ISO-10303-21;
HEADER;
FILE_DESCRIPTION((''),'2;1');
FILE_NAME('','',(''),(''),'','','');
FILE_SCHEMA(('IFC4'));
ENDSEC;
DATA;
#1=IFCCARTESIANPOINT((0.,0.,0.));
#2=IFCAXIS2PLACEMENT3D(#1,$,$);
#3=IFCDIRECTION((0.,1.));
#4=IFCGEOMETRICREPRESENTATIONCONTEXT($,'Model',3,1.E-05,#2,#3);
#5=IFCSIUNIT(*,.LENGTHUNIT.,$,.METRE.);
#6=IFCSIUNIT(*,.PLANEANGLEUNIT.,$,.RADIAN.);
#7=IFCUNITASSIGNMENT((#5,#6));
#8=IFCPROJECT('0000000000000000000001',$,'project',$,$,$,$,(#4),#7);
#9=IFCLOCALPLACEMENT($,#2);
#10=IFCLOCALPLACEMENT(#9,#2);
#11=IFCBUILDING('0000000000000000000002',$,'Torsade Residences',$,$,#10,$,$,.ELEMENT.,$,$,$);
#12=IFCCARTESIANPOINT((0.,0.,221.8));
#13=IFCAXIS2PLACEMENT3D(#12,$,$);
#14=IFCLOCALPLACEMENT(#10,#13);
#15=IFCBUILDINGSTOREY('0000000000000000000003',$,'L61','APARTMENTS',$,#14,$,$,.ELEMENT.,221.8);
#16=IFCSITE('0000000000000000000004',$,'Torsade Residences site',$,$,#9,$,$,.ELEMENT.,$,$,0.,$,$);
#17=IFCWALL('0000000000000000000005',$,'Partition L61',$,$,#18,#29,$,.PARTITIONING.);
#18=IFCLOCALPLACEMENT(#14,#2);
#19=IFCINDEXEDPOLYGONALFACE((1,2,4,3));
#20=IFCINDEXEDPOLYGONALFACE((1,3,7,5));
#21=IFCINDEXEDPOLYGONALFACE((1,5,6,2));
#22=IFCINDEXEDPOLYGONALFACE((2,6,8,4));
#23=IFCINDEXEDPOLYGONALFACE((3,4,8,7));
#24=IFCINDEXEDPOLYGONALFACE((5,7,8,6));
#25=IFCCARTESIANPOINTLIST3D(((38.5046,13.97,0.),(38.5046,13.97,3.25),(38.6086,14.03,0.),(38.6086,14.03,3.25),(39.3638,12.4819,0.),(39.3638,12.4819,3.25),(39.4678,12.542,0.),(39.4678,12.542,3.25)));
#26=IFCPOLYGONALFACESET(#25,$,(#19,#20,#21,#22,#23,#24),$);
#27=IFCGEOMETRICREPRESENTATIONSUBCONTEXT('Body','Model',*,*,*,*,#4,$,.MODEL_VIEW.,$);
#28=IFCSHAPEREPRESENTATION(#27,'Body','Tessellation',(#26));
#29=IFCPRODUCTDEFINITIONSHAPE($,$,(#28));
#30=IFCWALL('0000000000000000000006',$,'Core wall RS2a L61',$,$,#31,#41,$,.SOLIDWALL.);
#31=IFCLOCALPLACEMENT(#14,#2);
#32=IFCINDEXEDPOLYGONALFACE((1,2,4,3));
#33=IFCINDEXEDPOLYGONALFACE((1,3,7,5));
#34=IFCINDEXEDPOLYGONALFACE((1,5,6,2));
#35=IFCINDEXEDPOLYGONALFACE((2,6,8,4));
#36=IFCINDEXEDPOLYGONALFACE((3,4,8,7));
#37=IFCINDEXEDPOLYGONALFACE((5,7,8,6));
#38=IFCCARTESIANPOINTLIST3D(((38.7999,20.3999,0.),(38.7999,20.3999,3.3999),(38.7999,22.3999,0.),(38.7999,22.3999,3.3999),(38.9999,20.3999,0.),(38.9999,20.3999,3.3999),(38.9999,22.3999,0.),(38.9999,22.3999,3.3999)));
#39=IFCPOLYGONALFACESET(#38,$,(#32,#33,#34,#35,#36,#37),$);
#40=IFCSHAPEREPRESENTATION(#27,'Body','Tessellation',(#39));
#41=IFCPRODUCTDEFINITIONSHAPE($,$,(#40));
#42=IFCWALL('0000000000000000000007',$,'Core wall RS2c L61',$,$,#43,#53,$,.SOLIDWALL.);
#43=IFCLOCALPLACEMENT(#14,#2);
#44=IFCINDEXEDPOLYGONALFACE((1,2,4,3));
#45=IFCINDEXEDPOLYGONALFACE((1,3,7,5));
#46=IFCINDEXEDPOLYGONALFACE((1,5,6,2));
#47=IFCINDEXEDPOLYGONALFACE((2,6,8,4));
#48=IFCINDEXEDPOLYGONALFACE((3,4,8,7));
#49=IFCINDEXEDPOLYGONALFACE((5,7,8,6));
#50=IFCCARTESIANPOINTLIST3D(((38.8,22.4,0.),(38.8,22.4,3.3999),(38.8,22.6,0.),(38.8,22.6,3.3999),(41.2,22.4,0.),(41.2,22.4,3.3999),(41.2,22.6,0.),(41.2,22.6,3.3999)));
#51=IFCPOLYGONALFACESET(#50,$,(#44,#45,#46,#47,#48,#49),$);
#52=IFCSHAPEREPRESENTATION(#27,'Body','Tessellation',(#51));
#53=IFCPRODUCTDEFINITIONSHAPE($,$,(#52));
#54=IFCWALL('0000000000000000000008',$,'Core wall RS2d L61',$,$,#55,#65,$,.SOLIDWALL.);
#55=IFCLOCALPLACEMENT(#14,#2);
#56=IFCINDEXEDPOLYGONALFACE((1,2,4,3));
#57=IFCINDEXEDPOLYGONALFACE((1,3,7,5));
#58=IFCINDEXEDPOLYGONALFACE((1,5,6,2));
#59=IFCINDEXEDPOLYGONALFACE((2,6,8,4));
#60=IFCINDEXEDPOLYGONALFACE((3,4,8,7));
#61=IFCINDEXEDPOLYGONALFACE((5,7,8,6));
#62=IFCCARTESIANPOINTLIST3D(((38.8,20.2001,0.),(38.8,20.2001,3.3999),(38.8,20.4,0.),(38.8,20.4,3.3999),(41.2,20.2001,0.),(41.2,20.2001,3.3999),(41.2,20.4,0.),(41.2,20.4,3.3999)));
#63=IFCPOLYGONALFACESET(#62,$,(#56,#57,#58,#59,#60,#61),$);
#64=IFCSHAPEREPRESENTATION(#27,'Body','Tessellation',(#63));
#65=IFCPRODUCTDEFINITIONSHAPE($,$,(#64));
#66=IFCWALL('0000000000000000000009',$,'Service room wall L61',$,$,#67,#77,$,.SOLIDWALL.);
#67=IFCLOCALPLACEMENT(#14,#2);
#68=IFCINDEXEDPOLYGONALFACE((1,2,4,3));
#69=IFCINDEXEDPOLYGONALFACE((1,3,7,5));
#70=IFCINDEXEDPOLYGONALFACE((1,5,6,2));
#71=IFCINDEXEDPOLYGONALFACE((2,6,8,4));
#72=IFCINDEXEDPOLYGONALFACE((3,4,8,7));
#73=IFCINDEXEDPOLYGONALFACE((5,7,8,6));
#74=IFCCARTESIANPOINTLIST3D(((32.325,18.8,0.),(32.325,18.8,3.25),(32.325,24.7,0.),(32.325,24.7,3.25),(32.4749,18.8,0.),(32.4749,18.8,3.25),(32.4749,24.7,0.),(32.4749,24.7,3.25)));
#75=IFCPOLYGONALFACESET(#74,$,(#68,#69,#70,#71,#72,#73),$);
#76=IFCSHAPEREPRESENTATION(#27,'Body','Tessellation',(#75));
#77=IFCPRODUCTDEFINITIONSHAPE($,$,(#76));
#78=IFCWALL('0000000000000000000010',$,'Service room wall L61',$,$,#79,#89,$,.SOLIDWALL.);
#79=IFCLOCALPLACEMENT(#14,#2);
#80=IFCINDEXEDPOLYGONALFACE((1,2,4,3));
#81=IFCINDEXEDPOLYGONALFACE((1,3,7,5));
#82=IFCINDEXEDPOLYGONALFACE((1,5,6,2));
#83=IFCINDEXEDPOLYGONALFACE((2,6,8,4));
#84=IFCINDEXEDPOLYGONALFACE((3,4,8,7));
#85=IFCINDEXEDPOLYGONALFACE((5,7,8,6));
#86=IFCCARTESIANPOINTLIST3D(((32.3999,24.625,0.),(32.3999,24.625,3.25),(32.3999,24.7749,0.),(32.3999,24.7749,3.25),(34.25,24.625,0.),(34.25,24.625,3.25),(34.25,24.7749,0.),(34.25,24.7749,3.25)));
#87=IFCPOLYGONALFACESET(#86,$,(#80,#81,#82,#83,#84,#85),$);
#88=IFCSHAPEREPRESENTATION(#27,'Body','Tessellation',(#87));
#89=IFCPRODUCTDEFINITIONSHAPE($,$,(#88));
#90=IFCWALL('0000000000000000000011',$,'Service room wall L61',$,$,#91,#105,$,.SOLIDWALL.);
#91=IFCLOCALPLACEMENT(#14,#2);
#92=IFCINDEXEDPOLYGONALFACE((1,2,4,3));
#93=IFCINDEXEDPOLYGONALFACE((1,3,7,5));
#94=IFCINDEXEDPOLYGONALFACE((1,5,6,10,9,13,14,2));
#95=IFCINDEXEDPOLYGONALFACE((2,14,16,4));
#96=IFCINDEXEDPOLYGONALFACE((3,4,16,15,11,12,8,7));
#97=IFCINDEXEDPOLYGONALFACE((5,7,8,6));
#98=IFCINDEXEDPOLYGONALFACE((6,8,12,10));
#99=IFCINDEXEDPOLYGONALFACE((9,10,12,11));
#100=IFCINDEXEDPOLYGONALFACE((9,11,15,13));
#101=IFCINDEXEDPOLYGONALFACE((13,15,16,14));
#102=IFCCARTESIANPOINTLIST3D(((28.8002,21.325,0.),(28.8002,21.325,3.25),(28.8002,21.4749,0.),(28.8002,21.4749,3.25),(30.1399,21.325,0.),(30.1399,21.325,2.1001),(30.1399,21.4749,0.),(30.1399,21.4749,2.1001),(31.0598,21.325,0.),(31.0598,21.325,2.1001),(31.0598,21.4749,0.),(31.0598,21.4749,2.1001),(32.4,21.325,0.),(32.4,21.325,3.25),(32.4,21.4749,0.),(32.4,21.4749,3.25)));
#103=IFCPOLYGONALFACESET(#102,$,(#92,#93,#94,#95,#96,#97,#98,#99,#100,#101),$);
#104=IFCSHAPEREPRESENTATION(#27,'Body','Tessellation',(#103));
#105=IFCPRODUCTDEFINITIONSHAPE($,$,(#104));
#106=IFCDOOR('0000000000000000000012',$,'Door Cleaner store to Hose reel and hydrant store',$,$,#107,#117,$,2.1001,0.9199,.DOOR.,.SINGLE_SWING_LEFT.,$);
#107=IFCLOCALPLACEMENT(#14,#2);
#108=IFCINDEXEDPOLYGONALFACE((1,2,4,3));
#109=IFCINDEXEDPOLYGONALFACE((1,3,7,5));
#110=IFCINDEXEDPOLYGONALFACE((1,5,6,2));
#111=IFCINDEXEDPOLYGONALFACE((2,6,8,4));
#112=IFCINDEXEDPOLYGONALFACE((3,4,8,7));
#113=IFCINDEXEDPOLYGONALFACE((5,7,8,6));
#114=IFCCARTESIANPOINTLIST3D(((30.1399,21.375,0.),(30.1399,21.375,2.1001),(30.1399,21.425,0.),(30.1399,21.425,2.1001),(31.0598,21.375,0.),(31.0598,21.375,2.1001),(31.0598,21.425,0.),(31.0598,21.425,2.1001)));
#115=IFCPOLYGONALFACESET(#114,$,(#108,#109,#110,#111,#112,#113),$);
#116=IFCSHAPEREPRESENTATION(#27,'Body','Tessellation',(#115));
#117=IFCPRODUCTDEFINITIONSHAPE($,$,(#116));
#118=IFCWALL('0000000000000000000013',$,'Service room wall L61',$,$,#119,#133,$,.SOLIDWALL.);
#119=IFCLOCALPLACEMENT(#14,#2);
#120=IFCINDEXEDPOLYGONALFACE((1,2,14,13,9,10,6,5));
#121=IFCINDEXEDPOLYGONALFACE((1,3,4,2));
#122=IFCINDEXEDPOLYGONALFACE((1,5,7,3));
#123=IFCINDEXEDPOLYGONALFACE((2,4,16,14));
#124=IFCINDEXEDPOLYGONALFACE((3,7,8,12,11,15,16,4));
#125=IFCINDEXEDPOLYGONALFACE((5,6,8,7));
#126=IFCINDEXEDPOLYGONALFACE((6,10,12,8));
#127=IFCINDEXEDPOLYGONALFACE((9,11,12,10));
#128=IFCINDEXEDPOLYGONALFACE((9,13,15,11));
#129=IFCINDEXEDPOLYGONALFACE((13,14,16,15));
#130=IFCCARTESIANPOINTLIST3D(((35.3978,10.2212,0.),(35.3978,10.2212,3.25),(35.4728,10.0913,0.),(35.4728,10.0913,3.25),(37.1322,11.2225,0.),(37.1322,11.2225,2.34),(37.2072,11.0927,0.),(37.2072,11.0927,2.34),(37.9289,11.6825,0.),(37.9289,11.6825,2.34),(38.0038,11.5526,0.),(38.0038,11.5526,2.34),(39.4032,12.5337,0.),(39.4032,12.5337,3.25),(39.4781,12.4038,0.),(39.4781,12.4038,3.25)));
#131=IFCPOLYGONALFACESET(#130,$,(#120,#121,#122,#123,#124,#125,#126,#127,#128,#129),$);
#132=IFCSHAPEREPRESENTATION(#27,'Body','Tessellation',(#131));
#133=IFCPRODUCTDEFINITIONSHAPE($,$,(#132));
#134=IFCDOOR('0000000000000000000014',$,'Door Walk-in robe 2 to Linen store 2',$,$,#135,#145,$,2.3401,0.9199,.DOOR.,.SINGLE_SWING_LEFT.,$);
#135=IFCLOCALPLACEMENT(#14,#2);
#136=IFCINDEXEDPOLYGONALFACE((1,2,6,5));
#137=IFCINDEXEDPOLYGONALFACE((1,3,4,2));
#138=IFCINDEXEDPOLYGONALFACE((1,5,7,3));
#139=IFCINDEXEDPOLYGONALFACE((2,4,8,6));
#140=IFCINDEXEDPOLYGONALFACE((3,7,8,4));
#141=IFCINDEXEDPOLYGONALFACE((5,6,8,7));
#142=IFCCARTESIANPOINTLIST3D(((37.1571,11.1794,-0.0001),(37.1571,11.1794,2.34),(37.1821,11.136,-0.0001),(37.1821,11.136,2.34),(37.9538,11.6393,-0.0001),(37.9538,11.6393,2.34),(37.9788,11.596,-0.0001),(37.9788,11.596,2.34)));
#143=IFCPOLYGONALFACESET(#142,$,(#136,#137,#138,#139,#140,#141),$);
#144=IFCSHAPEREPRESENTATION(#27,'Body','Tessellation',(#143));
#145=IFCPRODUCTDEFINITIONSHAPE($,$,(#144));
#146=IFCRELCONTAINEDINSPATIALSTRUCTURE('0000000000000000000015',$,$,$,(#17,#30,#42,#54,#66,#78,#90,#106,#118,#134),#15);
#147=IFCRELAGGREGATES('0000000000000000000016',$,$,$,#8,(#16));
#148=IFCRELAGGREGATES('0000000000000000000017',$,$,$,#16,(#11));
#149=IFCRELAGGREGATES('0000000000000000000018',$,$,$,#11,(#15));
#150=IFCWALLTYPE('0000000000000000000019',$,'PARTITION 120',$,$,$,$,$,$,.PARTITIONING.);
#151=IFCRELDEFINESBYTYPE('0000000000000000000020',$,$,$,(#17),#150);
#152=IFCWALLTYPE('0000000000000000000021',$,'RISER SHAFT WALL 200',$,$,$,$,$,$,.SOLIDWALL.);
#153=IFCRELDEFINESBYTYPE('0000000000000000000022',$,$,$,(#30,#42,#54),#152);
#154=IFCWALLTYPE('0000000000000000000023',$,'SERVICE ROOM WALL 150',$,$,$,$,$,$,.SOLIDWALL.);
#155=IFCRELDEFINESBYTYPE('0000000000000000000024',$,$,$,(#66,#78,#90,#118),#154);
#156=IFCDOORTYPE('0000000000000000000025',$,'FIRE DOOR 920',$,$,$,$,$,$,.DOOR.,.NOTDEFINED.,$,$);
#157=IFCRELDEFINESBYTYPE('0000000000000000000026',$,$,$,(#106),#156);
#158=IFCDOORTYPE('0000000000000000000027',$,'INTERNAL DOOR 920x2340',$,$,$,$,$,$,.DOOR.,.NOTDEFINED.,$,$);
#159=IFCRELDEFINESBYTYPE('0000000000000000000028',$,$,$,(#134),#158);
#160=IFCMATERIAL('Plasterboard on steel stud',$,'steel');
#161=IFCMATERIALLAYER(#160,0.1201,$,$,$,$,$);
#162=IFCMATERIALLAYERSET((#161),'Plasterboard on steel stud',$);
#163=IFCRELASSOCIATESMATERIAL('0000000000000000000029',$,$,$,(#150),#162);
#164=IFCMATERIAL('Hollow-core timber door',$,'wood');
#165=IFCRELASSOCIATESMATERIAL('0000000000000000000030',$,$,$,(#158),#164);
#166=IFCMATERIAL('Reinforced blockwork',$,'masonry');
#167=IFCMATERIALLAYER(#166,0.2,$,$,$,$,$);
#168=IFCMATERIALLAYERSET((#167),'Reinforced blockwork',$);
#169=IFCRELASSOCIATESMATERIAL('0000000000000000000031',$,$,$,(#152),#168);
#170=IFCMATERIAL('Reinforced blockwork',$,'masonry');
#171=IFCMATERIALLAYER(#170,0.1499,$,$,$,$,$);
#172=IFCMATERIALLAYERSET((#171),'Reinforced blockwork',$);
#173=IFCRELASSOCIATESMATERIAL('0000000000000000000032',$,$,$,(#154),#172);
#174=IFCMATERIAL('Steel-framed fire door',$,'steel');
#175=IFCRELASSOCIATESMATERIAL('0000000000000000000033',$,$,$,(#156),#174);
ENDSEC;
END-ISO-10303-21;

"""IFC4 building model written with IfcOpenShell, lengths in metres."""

from ifc_helpers import new_model, si_unit, direction, frame, frame_2d, origin, place, context, subcontext, project, spatial, rectangle, extrude, material, layer, layer_set, type_object, element, fill, save


model = new_model("IFC4")

# Units and contexts
model_context = context("Model", 3, precision=1e-05, world=origin(), true_north=direction((0.0, 1.0)))
body_context = subcontext(model_context, "Body", "Model", "MODEL_VIEW")
ifc_project = project(units=[si_unit("LENGTHUNIT", "METRE"), si_unit("PLANEANGLEUNIT", "RADIAN")], contexts=[model_context])

# Site, building, storey
site_placement = place(None, origin())
site = spatial("IfcSite", under=ifc_project, at=site_placement, Name="Torsade Residences site", CompositionType="ELEMENT", RefElevation=0.0)
building_placement = place(site_placement, origin())
building = spatial("IfcBuilding", under=site, at=building_placement, Name="Torsade Residences", CompositionType="ELEMENT")
storey_placement = place(building_placement, frame((0.0, 0.0, 221.8)))
storey = spatial("IfcBuildingStorey", under=building, at=storey_placement, Name="L61", Description="APARTMENTS", CompositionType="ELEMENT", Elevation=221.8)

# Shared definitions
ifc_material_1 = material(Name="Plasterboard on steel stud", Category="steel")
ifc_layer_1 = layer(ifc_material_1, 0.1201)
ifc_layer_set_1 = layer_set([ifc_layer_1], Name="Plasterboard on steel stud")
wall_type_1 = type_object("IfcWallType", Name="PARTITION 120", PredefinedType="PARTITIONING", material=ifc_layer_set_1)
ifc_material_2 = material(Name="Hollow-core timber door", Category="wood")
door_type_1 = type_object("IfcDoorType", Name="INTERNAL DOOR 920x2340", OperationType="NOTDEFINED", PredefinedType="DOOR", material=ifc_material_2)

# Walls
wall_1_placement = place(storey_placement, frame((39.4158, 12.512, 0.0), z_axis=(0.0, 0.0, 1.0), x_axis=(-0.500005, 0.866022, 0.0)))
element("IfcWall", 1, at=wall_1_placement, inside=storey, type_object=wall_type_1, Name="Partition L61", PredefinedType="PARTITIONING", context=body_context, shape_type="SweptSolid", body=[
    extrude(rectangle(XDim=1.7183, YDim=0.1201, at=frame_2d((0.8591, 0.0))), origin(), (0.0, 0.0, 1.0), 3.25),
])
ifc_material_3 = material(Name="Reinforced blockwork", Category="masonry")
ifc_layer_2 = layer(ifc_material_3, 0.2)
ifc_layer_set_2 = layer_set([ifc_layer_2], Name="Reinforced blockwork")
wall_type_2 = type_object("IfcWallType", Name="RISER SHAFT WALL 200", PredefinedType="SOLIDWALL", material=ifc_layer_set_2)
wall_2_placement = place(storey_placement, frame((38.8999, 22.3999, 0.0), z_axis=(0.0, 0.0, 1.0), x_axis=(0.0, -1.0, 0.0)))
element("IfcWall", 2, at=wall_2_placement, inside=storey, type_object=wall_type_2, Name="Core wall RS2a L61", PredefinedType="SOLIDWALL", context=body_context, shape_type="SweptSolid", body=[
    extrude(rectangle(XDim=2.0, YDim=0.2, at=frame_2d((1.0, 0.0))), origin(), (0.0, 0.0, 1.0), 3.3999),
])
for number, where, z_axis, x_axis, name in (
    (3, (38.8, 22.5, 0.0), (0.0, 0.0, 1.0), (1.0, 0.0, 0.0), "Core wall RS2c L61"),
    (4, (38.8, 20.3, 0.0), (0.0, 0.0, 1.0), (1.0, 0.0, 0.0), "Core wall RS2d L61"),
):
    element("IfcWall", number, at=place(storey_placement, frame(where, z_axis=z_axis, x_axis=x_axis)), inside=storey, type_object=wall_type_2, Name=name, PredefinedType="SOLIDWALL", context=body_context, shape_type="SweptSolid", body=[
        extrude(rectangle(XDim=2.3999, YDim=0.2, at=frame_2d((1.2, 0.0))), origin(), (0.0, 0.0, 1.0), 3.3999),
    ])
ifc_material_4 = material(Name="Reinforced blockwork", Category="masonry")
ifc_layer_3 = layer(ifc_material_4, 0.1499)
ifc_layer_set_3 = layer_set([ifc_layer_3], Name="Reinforced blockwork")
wall_type_3 = type_object("IfcWallType", Name="SERVICE ROOM WALL 150", PredefinedType="SOLIDWALL", material=ifc_layer_set_3)
wall_3_placement = place(storey_placement, frame((32.3999, 18.8, 0.0), z_axis=(0.0, 0.0, 1.0), x_axis=(0.0, 1.0, 0.0)))
element("IfcWall", 5, at=wall_3_placement, inside=storey, type_object=wall_type_3, Name="Service room wall L61", PredefinedType="SOLIDWALL", context=body_context, shape_type="SweptSolid", body=[
    extrude(rectangle(XDim=5.8999, YDim=0.1499, at=frame_2d((2.95, 0.0))), origin(), (0.0, 0.0, 1.0), 3.25),
])
wall_4_placement = place(storey_placement, frame((32.3999, 24.7, 0.0), z_axis=(0.0, 0.0, 1.0), x_axis=(1.0, 0.0, 0.0)))
element("IfcWall", 6, at=wall_4_placement, inside=storey, type_object=wall_type_3, Name="Service room wall L61", PredefinedType="SOLIDWALL", context=body_context, shape_type="SweptSolid", body=[
    extrude(rectangle(XDim=1.8501, YDim=0.1499, at=frame_2d((0.925, 0.0))), origin(), (0.0, 0.0, 1.0), 3.25),
])

# Walls, openings, doors
wall_5_placement = place(storey_placement, frame((32.3999, 21.3999, 0.0), z_axis=(0.0, 0.0, 1.0), x_axis=(-1.0, 0.0, 0.0)))
wall_5 = element("IfcWall", 7, at=wall_5_placement, inside=storey, type_object=wall_type_3, Name="Service room wall L61", PredefinedType="SOLIDWALL", context=body_context, shape_type="SweptSolid", body=[
    extrude(rectangle(XDim=3.5999, YDim=0.1499, at=frame_2d((1.7998, 0.0))), origin(), (0.0, 0.0, 1.0), 3.25),
])
opening_1_placement = place(wall_5_placement, frame((1.3401, 0.0, 0.0)))
opening_1 = element("IfcOpeningElement", 8, at=opening_1_placement, cuts=wall_5, PredefinedType="OPENING", context=body_context, shape_type="SweptSolid", body=[
    extrude(rectangle(XDim=0.9199, YDim=2.1001, at=frame_2d((0.46, 1.05))), frame((0.0, 0.085, 0.0), z_axis=(0.0, -1.0, 0.0), x_axis=(1.0, 0.0, 0.0)), (0.0, 0.0, 1.0), 0.1699),
])
ifc_material_5 = material(Name="Steel-framed fire door", Category="steel")
door_type_2 = type_object("IfcDoorType", Name="FIRE DOOR 920", OperationType="NOTDEFINED", PredefinedType="DOOR", material=ifc_material_5)
door_1_placement = place(opening_1_placement, origin())
door_1 = element("IfcDoor", 9, at=door_1_placement, inside=storey, type_object=door_type_2, Name="Door Cleaner store to Hose reel and hydrant store", OperationType="SINGLE_SWING_LEFT", OverallHeight=2.1001, OverallWidth=0.9199, PredefinedType="DOOR", context=body_context, shape_type="SweptSolid", body=[
    extrude(rectangle(XDim=0.9199, YDim=2.1001, at=frame_2d((0.46, 1.05))), frame((0.0, 0.0249, 0.0), z_axis=(0.0, -1.0, 0.0), x_axis=(1.0, 0.0, 0.0)), (0.0, 0.0, 1.0), 0.05),
])
fill(opening_1, door_1)
wall_6_placement = place(storey_placement, frame((39.4407, 12.4688, 0.0), z_axis=(0.0, 0.0, 1.0), x_axis=(-0.866026, -0.5, 0.0)))
wall_6 = element("IfcWall", 10, at=wall_6_placement, inside=storey, type_object=wall_type_3, Name="Service room wall L61", PredefinedType="SOLIDWALL", context=body_context, shape_type="SweptSolid", body=[
    extrude(rectangle(XDim=4.625, YDim=0.1499, at=frame_2d((2.3125, 0.0))), origin(), (0.0, 0.0, 1.0), 3.25),
])
opening_2_placement = place(wall_6_placement, frame((1.7024, 0.0, 0.0)))
opening_2 = element("IfcOpeningElement", 11, at=opening_2_placement, cuts=wall_6, PredefinedType="OPENING", context=body_context, shape_type="SweptSolid", body=[
    extrude(rectangle(XDim=0.9199, YDim=2.3401, at=frame_2d((0.46, 1.1699))), frame((0.0, 0.085, 0.0), z_axis=(0.0, -1.0, 0.0), x_axis=(1.0, 0.0, 0.0)), (0.0, 0.0, 1.0), 0.1699),
])
door_2_placement = place(opening_2_placement, origin())
door_2 = element("IfcDoor", 12, at=door_2_placement, inside=storey, type_object=door_type_1, Name="Door Walk-in robe 2 to Linen store 2", OperationType="SINGLE_SWING_LEFT", OverallHeight=2.3401, OverallWidth=0.9199, PredefinedType="DOOR", context=body_context, shape_type="SweptSolid", body=[
    extrude(rectangle(XDim=0.9199, YDim=2.3401, at=frame_2d((0.46, 1.1699))), frame((0.0, 0.0249, 0.0), z_axis=(0.0, -1.0, 0.0), x_axis=(1.0, 0.0, 0.0)), (0.0, 0.0, 1.0), 0.05),
])
fill(opening_2, door_2)

save(model, "model.ifc")
